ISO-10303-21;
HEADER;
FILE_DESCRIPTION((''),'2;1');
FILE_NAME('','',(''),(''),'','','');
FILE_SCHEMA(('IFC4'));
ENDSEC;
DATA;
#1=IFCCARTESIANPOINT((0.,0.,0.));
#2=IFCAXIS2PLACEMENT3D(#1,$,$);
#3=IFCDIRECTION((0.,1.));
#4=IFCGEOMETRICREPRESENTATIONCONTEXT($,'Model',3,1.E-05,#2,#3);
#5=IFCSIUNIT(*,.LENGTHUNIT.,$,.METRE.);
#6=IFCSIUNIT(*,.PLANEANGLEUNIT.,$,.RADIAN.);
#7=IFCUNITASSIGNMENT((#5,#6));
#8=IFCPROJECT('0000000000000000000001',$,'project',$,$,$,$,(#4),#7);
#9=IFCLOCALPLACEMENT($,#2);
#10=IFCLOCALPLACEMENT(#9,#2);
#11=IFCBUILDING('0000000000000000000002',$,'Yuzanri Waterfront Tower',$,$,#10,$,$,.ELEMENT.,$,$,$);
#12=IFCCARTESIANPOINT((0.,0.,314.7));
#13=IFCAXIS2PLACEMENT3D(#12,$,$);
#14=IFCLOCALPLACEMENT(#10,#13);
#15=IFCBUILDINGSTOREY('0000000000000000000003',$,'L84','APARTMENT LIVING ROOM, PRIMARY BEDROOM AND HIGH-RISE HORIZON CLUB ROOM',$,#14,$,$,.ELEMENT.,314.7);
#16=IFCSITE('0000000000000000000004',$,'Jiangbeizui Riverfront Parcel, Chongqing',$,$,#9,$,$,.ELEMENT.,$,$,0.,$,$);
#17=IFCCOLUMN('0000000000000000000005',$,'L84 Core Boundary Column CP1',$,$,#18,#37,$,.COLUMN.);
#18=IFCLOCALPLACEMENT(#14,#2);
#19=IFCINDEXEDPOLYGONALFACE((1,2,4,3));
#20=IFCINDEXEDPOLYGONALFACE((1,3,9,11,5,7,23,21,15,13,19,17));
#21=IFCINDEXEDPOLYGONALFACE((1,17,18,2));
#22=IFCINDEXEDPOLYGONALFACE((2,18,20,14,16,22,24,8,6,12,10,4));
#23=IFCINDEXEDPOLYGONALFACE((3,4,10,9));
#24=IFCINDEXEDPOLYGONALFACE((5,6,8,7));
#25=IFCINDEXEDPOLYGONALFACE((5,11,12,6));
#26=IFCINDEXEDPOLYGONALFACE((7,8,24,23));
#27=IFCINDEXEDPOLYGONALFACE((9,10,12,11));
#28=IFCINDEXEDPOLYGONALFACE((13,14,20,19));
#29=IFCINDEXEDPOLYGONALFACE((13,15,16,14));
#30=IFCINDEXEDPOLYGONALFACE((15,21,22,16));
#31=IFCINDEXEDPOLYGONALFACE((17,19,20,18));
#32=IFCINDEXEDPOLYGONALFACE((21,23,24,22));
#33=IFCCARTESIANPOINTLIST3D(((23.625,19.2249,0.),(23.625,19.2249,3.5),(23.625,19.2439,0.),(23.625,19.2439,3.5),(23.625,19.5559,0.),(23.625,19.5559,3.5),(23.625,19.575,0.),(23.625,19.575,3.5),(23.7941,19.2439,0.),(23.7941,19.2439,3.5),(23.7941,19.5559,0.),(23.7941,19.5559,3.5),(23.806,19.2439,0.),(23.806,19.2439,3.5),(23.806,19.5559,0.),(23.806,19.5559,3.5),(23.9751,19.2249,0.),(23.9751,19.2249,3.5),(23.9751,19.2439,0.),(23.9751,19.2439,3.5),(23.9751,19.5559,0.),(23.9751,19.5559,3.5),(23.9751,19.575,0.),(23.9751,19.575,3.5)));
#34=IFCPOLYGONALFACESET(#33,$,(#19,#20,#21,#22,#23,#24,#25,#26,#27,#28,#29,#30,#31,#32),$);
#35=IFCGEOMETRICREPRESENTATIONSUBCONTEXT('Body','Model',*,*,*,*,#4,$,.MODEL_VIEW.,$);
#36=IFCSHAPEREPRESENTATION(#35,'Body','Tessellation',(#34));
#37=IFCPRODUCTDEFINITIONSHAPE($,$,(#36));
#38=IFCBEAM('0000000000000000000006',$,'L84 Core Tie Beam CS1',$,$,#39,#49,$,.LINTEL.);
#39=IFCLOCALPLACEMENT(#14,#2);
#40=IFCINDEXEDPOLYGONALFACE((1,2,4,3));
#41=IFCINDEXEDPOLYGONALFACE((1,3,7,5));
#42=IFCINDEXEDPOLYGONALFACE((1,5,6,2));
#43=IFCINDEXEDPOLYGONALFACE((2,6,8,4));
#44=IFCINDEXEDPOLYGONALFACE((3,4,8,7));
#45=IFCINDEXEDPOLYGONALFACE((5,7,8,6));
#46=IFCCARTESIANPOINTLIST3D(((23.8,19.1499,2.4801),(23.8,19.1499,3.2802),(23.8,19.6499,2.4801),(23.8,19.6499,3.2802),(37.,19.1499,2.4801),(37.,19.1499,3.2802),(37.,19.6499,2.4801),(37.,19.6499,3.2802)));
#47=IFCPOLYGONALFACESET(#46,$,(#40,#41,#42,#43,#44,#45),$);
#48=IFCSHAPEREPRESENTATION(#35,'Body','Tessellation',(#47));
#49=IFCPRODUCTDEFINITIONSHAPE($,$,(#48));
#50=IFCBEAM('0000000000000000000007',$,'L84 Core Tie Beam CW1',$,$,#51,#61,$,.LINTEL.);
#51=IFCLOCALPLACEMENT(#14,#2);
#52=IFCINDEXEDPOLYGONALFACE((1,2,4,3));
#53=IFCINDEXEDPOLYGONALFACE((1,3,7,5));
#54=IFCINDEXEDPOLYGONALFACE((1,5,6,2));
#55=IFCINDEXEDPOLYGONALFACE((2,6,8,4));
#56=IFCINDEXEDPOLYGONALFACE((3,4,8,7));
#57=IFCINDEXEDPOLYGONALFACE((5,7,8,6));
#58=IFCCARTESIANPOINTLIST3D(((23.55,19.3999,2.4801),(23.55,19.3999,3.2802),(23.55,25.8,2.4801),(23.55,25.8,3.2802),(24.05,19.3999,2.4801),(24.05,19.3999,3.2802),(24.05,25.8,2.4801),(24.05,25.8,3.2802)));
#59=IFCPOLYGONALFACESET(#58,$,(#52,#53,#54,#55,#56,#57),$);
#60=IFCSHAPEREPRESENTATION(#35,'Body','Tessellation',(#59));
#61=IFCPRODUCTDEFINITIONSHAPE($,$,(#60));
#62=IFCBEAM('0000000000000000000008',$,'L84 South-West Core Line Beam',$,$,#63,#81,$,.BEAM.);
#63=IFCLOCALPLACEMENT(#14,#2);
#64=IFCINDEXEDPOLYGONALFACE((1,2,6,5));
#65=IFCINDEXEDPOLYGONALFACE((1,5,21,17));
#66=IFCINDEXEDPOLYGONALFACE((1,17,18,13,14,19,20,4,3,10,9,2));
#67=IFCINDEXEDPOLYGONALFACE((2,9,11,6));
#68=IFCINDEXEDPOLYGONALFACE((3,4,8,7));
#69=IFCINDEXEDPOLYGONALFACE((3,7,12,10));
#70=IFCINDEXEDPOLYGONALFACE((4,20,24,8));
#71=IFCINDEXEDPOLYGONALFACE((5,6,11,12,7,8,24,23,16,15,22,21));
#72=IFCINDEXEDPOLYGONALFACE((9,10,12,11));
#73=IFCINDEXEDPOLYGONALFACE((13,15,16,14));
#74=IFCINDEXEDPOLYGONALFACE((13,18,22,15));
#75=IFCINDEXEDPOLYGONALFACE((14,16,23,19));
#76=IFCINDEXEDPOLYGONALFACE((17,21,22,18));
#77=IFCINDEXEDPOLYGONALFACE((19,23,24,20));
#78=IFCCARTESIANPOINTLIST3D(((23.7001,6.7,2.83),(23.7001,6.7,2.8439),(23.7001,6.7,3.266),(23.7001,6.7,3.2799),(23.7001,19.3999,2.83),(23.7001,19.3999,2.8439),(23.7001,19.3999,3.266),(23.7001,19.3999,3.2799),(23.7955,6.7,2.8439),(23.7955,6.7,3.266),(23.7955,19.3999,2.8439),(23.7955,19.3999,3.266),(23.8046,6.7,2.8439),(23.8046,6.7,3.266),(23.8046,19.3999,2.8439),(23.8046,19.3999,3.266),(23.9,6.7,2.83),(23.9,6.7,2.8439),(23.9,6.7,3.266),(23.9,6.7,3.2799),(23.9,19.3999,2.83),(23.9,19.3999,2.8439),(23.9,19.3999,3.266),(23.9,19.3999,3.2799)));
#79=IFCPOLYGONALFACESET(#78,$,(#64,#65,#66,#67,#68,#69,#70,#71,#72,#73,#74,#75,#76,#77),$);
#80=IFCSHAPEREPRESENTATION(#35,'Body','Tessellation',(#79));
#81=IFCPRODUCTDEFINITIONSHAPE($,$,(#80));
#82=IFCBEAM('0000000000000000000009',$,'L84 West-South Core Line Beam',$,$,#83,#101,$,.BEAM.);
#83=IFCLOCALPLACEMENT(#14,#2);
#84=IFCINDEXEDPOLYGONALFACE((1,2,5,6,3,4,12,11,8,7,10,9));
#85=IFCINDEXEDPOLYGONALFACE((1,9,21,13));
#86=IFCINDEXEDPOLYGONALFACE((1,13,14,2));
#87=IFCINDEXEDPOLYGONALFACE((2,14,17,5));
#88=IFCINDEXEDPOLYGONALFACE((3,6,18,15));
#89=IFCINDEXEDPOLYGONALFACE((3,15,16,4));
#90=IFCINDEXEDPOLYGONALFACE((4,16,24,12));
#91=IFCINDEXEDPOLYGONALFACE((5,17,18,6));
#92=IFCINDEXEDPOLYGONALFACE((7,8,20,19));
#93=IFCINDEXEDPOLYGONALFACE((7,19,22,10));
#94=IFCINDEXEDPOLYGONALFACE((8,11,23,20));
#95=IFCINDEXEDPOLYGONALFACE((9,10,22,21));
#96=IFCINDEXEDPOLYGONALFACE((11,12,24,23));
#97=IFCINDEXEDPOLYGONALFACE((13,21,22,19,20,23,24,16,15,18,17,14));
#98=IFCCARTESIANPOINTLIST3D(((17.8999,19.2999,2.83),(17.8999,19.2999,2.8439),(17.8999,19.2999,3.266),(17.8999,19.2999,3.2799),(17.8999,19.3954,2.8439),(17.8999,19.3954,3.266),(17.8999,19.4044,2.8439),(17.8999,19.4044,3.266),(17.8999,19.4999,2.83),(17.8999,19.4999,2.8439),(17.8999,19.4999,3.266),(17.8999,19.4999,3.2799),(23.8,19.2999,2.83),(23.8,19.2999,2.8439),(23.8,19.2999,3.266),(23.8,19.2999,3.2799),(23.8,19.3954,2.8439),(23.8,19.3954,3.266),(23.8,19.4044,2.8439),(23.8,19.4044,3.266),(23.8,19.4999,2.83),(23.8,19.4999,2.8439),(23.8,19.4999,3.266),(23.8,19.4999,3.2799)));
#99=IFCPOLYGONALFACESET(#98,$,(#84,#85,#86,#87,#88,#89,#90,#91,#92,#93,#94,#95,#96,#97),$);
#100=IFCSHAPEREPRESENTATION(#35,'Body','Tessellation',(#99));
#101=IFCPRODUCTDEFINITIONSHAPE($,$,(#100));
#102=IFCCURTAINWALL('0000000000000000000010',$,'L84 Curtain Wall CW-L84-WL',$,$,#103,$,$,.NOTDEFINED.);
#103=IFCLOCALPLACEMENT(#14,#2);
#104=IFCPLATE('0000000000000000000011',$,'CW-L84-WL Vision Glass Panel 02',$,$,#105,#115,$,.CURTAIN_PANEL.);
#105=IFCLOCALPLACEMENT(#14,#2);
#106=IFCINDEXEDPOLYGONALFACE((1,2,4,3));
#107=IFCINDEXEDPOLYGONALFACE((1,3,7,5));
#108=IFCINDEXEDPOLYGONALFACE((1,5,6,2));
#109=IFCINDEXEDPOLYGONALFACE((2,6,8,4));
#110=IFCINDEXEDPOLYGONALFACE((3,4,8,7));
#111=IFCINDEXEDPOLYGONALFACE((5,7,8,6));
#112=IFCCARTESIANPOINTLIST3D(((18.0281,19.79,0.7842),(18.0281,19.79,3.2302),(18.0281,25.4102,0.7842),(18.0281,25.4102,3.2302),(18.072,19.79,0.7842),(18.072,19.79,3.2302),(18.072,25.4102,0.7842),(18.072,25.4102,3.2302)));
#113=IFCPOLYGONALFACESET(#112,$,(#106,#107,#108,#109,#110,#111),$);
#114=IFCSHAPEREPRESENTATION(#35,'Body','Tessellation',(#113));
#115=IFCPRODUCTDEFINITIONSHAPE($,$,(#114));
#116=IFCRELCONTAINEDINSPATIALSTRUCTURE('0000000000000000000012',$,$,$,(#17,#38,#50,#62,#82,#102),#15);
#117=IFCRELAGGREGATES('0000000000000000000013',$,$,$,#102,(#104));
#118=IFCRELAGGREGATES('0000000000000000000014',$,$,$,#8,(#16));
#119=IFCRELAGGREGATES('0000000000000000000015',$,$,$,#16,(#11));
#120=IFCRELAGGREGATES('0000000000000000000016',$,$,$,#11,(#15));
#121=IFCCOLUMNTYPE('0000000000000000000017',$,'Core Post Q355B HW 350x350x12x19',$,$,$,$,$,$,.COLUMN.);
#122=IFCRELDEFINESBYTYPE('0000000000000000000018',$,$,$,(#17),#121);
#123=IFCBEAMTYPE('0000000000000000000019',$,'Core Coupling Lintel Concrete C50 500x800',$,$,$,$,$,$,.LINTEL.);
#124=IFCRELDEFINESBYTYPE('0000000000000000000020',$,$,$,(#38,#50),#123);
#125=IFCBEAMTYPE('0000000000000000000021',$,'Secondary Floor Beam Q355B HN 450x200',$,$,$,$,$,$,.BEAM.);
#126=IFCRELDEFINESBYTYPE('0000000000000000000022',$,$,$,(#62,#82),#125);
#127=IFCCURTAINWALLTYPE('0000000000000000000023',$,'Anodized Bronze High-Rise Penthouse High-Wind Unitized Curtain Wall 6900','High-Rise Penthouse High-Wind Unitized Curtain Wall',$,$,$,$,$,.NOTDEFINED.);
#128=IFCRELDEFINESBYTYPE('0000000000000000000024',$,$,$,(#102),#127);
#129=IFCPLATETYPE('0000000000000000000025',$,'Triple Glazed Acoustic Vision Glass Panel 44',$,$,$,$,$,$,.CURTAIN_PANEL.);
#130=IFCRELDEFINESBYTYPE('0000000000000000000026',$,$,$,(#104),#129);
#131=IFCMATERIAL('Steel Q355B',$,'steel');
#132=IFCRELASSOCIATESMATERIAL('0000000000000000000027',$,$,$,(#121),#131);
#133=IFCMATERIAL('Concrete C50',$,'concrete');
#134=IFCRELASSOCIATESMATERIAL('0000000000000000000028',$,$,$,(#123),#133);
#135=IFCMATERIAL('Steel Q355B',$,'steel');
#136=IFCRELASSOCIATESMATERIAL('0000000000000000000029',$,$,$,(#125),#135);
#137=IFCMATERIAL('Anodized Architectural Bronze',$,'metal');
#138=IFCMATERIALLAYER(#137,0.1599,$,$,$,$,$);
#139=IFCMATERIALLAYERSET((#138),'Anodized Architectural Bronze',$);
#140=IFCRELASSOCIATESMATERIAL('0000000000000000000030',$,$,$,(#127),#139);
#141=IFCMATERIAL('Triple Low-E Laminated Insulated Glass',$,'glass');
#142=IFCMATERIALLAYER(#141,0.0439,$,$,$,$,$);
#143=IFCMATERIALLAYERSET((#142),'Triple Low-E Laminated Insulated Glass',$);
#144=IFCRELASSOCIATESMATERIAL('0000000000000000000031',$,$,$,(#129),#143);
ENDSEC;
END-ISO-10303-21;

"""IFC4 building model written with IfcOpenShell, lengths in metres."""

from ifc_helpers import new_model, si_unit, direction, frame, origin, origin_2d, place, context, subcontext, project, spatial, rectangle, i_section, extrude, source, transform, mapped, material, layer, layer_set, material_profile, profile_set, type_object, element, aggregate, save


model = new_model("IFC4")

# Units and contexts
model_context = context("Model", 3, precision=1e-05, world=origin(), true_north=direction((0.0, 1.0)))
body_context = subcontext(model_context, "Body", "Model", "MODEL_VIEW")
ifc_project = project(units=[si_unit("LENGTHUNIT", "METRE"), si_unit("PLANEANGLEUNIT", "RADIAN")], contexts=[model_context])

# Site, building, storey
site_placement = place(None, origin())
site = spatial("IfcSite", under=ifc_project, at=site_placement, Name="Jiangbeizui Riverfront Parcel, Chongqing", CompositionType="ELEMENT", RefElevation=0.0)
building_placement = place(site_placement, origin())
building = spatial("IfcBuilding", under=site, at=building_placement, Name="Yuzanri Waterfront Tower", CompositionType="ELEMENT")
storey_placement = place(building_placement, frame((0.0, 0.0, 314.7)))
storey = spatial("IfcBuildingStorey", under=building, at=storey_placement, Name="L84", Description="APARTMENT LIVING ROOM, PRIMARY BEDROOM AND HIGH-RISE HORIZON CLUB ROOM", CompositionType="ELEMENT", Elevation=314.7)

# Column
ifc_material_1 = material(Name="Steel Q355B", Category="steel")
ifc_material_profile_1 = material_profile(ifc_material_1, i_section(OverallWidth=0.3501, OverallDepth=0.3501, WebThickness=0.012, FlangeThickness=0.019, at=origin_2d()), Name="HW 350x350x12x19")
ifc_profile_set_1 = profile_set([ifc_material_profile_1], Name="Steel Q355B")
column_type = type_object("IfcColumnType", Name="Core Post Q355B HW 350x350x12x19", PredefinedType="COLUMN", material=ifc_profile_set_1)
shared_shape_1 = source(origin(), body_context, "Body", "SweptSolid", [
    extrude(i_section(OverallWidth=0.3501, OverallDepth=0.3501, WebThickness=0.012, FlangeThickness=0.019, at=origin_2d()), origin(), (0.0, 0.0, 1.0), 3.5),
])
column_placement = place(storey_placement, frame((23.8, 19.3999, 0.0), z_axis=(0.0, 0.0, 1.0), x_axis=(1.0, 0.0, 0.0)))
element("IfcColumn", 1, at=column_placement, inside=storey, type_object=column_type, Name="L84 Core Boundary Column CP1", PredefinedType="COLUMN", context=body_context, shape_type="MappedRepresentation", body=[
    mapped(shared_shape_1, transform((0.0, 0.0, 0.0), scale=1.0)),
])

# Beams
ifc_material_2 = material(Name="Concrete C50", Category="concrete")
ifc_material_profile_2 = material_profile(ifc_material_2, rectangle(XDim=0.5, YDim=0.8, at=origin_2d()), Name="RC 500x800")
ifc_profile_set_2 = profile_set([ifc_material_profile_2], Name="Concrete C50")
beam_type_1 = type_object("IfcBeamType", Name="Core Coupling Lintel Concrete C50 500x800", PredefinedType="LINTEL", material=ifc_profile_set_2)
shared_shape_2 = source(origin(), body_context, "Body", "SweptSolid", [
    extrude(rectangle(XDim=0.5, YDim=0.8, at=origin_2d()), origin(), (0.0, 0.0, 1.0), 13.2),
])
beam_1_placement = place(storey_placement, frame((23.8, 19.3999, 2.8801), z_axis=(1.0, 0.0, 0.0), x_axis=(0.0, 1.0, 0.0)))
element("IfcBeam", 2, at=beam_1_placement, inside=storey, type_object=beam_type_1, Name="L84 Core Tie Beam CS1", PredefinedType="LINTEL", context=body_context, shape_type="MappedRepresentation", body=[
    mapped(shared_shape_2, transform((0.0, 0.0, 0.0), scale=1.0)),
])
shared_shape_3 = source(origin(), body_context, "Body", "SweptSolid", [
    extrude(rectangle(XDim=0.5, YDim=0.8, at=origin_2d()), origin(), (0.0, 0.0, 1.0), 6.4001),
])
beam_2_placement = place(storey_placement, frame((23.8, 19.3999, 2.8801), z_axis=(0.0, 1.0, 0.0), x_axis=(-1.0, 0.0, 0.0)))
element("IfcBeam", 3, at=beam_2_placement, inside=storey, type_object=beam_type_1, Name="L84 Core Tie Beam CW1", PredefinedType="LINTEL", context=body_context, shape_type="MappedRepresentation", body=[
    mapped(shared_shape_3, transform((0.0, 0.0, 0.0), scale=1.0)),
])
ifc_material_3 = material(Name="Steel Q355B", Category="steel")
ifc_material_profile_3 = material_profile(ifc_material_3, i_section(OverallWidth=0.2, OverallDepth=0.45, WebThickness=0.009, FlangeThickness=0.0139, at=origin_2d()), Name="HN 450x200x9x14")
ifc_profile_set_3 = profile_set([ifc_material_profile_3], Name="Steel Q355B")
beam_type_2 = type_object("IfcBeamType", Name="Secondary Floor Beam Q355B HN 450x200", PredefinedType="BEAM", material=ifc_profile_set_3)
shared_shape_4 = source(origin(), body_context, "Body", "SweptSolid", [
    extrude(i_section(OverallWidth=0.2, OverallDepth=0.45, WebThickness=0.009, FlangeThickness=0.0139, at=origin_2d()), origin(), (0.0, 0.0, 1.0), 12.7),
])
beam_3_placement = place(storey_placement, frame((23.8, 19.3999, 3.0549), z_axis=(0.0, -1.0, 0.0), x_axis=(1.0, 0.0, 0.0)))
element("IfcBeam", 4, at=beam_3_placement, inside=storey, type_object=beam_type_2, Name="L84 South-West Core Line Beam", PredefinedType="BEAM", context=body_context, shape_type="MappedRepresentation", body=[
    mapped(shared_shape_4, transform((0.0, 0.0, 0.0), scale=1.0)),
])
shared_shape_5 = source(origin(), body_context, "Body", "SweptSolid", [
    extrude(i_section(OverallWidth=0.2, OverallDepth=0.45, WebThickness=0.009, FlangeThickness=0.0139, at=origin_2d()), origin(), (0.0, 0.0, 1.0), 5.9001),
])
beam_4_placement = place(storey_placement, frame((23.8, 19.3999, 3.0549), z_axis=(-1.0, 0.0, 0.0), x_axis=(0.0, -1.0, 0.0)))
element("IfcBeam", 5, at=beam_4_placement, inside=storey, type_object=beam_type_2, Name="L84 West-South Core Line Beam", PredefinedType="BEAM", context=body_context, shape_type="MappedRepresentation", body=[
    mapped(shared_shape_5, transform((0.0, 0.0, 0.0), scale=1.0)),
])

# Curtain wall, plate
ifc_material_4 = material(Name="Anodized Architectural Bronze", Category="metal")
ifc_layer_1 = layer(ifc_material_4, 0.1599)
ifc_layer_set_1 = layer_set([ifc_layer_1], Name="Anodized Architectural Bronze")
curtain_wall_type = type_object("IfcCurtainWallType", Name="Anodized Bronze High-Rise Penthouse High-Wind Unitized Curtain Wall 6900", Description="High-Rise Penthouse High-Wind Unitized Curtain Wall", PredefinedType="NOTDEFINED", material=ifc_layer_set_1)
curtain_wall_placement = place(storey_placement, origin())
curtain_wall = element("IfcCurtainWall", 6, at=curtain_wall_placement, inside=storey, type_object=curtain_wall_type, Name="L84 Curtain Wall CW-L84-WL", PredefinedType="NOTDEFINED")
ifc_material_5 = material(Name="Triple Low-E Laminated Insulated Glass", Category="glass")
ifc_layer_2 = layer(ifc_material_5, 0.0439)
ifc_layer_set_2 = layer_set([ifc_layer_2], Name="Triple Low-E Laminated Insulated Glass")
plate_type = type_object("IfcPlateType", Name="Triple Glazed Acoustic Vision Glass Panel 44", PredefinedType="CURTAIN_PANEL", material=ifc_layer_set_2)
shared_shape_6 = source(origin(), body_context, "Body", "SweptSolid", [
    extrude(rectangle(XDim=5.6201, YDim=0.0439, at=origin_2d()), origin(), (0.0, 0.0, 1.0), 2.446),
])
plate_placement = place(storey_placement, frame((18.05, 22.6001, 0.7842), z_axis=(0.0, 0.0, 1.0), x_axis=(0.0, 1.0, 0.0)))
plate = element("IfcPlate", 7, at=plate_placement, type_object=plate_type, Name="CW-L84-WL Vision Glass Panel 02", PredefinedType="CURTAIN_PANEL", context=body_context, shape_type="MappedRepresentation", body=[
    mapped(shared_shape_6, transform((0.0, 0.0, 0.0), scale=1.0)),
])
aggregate(curtain_wall, [plate])

save(model, "model.ifc")
